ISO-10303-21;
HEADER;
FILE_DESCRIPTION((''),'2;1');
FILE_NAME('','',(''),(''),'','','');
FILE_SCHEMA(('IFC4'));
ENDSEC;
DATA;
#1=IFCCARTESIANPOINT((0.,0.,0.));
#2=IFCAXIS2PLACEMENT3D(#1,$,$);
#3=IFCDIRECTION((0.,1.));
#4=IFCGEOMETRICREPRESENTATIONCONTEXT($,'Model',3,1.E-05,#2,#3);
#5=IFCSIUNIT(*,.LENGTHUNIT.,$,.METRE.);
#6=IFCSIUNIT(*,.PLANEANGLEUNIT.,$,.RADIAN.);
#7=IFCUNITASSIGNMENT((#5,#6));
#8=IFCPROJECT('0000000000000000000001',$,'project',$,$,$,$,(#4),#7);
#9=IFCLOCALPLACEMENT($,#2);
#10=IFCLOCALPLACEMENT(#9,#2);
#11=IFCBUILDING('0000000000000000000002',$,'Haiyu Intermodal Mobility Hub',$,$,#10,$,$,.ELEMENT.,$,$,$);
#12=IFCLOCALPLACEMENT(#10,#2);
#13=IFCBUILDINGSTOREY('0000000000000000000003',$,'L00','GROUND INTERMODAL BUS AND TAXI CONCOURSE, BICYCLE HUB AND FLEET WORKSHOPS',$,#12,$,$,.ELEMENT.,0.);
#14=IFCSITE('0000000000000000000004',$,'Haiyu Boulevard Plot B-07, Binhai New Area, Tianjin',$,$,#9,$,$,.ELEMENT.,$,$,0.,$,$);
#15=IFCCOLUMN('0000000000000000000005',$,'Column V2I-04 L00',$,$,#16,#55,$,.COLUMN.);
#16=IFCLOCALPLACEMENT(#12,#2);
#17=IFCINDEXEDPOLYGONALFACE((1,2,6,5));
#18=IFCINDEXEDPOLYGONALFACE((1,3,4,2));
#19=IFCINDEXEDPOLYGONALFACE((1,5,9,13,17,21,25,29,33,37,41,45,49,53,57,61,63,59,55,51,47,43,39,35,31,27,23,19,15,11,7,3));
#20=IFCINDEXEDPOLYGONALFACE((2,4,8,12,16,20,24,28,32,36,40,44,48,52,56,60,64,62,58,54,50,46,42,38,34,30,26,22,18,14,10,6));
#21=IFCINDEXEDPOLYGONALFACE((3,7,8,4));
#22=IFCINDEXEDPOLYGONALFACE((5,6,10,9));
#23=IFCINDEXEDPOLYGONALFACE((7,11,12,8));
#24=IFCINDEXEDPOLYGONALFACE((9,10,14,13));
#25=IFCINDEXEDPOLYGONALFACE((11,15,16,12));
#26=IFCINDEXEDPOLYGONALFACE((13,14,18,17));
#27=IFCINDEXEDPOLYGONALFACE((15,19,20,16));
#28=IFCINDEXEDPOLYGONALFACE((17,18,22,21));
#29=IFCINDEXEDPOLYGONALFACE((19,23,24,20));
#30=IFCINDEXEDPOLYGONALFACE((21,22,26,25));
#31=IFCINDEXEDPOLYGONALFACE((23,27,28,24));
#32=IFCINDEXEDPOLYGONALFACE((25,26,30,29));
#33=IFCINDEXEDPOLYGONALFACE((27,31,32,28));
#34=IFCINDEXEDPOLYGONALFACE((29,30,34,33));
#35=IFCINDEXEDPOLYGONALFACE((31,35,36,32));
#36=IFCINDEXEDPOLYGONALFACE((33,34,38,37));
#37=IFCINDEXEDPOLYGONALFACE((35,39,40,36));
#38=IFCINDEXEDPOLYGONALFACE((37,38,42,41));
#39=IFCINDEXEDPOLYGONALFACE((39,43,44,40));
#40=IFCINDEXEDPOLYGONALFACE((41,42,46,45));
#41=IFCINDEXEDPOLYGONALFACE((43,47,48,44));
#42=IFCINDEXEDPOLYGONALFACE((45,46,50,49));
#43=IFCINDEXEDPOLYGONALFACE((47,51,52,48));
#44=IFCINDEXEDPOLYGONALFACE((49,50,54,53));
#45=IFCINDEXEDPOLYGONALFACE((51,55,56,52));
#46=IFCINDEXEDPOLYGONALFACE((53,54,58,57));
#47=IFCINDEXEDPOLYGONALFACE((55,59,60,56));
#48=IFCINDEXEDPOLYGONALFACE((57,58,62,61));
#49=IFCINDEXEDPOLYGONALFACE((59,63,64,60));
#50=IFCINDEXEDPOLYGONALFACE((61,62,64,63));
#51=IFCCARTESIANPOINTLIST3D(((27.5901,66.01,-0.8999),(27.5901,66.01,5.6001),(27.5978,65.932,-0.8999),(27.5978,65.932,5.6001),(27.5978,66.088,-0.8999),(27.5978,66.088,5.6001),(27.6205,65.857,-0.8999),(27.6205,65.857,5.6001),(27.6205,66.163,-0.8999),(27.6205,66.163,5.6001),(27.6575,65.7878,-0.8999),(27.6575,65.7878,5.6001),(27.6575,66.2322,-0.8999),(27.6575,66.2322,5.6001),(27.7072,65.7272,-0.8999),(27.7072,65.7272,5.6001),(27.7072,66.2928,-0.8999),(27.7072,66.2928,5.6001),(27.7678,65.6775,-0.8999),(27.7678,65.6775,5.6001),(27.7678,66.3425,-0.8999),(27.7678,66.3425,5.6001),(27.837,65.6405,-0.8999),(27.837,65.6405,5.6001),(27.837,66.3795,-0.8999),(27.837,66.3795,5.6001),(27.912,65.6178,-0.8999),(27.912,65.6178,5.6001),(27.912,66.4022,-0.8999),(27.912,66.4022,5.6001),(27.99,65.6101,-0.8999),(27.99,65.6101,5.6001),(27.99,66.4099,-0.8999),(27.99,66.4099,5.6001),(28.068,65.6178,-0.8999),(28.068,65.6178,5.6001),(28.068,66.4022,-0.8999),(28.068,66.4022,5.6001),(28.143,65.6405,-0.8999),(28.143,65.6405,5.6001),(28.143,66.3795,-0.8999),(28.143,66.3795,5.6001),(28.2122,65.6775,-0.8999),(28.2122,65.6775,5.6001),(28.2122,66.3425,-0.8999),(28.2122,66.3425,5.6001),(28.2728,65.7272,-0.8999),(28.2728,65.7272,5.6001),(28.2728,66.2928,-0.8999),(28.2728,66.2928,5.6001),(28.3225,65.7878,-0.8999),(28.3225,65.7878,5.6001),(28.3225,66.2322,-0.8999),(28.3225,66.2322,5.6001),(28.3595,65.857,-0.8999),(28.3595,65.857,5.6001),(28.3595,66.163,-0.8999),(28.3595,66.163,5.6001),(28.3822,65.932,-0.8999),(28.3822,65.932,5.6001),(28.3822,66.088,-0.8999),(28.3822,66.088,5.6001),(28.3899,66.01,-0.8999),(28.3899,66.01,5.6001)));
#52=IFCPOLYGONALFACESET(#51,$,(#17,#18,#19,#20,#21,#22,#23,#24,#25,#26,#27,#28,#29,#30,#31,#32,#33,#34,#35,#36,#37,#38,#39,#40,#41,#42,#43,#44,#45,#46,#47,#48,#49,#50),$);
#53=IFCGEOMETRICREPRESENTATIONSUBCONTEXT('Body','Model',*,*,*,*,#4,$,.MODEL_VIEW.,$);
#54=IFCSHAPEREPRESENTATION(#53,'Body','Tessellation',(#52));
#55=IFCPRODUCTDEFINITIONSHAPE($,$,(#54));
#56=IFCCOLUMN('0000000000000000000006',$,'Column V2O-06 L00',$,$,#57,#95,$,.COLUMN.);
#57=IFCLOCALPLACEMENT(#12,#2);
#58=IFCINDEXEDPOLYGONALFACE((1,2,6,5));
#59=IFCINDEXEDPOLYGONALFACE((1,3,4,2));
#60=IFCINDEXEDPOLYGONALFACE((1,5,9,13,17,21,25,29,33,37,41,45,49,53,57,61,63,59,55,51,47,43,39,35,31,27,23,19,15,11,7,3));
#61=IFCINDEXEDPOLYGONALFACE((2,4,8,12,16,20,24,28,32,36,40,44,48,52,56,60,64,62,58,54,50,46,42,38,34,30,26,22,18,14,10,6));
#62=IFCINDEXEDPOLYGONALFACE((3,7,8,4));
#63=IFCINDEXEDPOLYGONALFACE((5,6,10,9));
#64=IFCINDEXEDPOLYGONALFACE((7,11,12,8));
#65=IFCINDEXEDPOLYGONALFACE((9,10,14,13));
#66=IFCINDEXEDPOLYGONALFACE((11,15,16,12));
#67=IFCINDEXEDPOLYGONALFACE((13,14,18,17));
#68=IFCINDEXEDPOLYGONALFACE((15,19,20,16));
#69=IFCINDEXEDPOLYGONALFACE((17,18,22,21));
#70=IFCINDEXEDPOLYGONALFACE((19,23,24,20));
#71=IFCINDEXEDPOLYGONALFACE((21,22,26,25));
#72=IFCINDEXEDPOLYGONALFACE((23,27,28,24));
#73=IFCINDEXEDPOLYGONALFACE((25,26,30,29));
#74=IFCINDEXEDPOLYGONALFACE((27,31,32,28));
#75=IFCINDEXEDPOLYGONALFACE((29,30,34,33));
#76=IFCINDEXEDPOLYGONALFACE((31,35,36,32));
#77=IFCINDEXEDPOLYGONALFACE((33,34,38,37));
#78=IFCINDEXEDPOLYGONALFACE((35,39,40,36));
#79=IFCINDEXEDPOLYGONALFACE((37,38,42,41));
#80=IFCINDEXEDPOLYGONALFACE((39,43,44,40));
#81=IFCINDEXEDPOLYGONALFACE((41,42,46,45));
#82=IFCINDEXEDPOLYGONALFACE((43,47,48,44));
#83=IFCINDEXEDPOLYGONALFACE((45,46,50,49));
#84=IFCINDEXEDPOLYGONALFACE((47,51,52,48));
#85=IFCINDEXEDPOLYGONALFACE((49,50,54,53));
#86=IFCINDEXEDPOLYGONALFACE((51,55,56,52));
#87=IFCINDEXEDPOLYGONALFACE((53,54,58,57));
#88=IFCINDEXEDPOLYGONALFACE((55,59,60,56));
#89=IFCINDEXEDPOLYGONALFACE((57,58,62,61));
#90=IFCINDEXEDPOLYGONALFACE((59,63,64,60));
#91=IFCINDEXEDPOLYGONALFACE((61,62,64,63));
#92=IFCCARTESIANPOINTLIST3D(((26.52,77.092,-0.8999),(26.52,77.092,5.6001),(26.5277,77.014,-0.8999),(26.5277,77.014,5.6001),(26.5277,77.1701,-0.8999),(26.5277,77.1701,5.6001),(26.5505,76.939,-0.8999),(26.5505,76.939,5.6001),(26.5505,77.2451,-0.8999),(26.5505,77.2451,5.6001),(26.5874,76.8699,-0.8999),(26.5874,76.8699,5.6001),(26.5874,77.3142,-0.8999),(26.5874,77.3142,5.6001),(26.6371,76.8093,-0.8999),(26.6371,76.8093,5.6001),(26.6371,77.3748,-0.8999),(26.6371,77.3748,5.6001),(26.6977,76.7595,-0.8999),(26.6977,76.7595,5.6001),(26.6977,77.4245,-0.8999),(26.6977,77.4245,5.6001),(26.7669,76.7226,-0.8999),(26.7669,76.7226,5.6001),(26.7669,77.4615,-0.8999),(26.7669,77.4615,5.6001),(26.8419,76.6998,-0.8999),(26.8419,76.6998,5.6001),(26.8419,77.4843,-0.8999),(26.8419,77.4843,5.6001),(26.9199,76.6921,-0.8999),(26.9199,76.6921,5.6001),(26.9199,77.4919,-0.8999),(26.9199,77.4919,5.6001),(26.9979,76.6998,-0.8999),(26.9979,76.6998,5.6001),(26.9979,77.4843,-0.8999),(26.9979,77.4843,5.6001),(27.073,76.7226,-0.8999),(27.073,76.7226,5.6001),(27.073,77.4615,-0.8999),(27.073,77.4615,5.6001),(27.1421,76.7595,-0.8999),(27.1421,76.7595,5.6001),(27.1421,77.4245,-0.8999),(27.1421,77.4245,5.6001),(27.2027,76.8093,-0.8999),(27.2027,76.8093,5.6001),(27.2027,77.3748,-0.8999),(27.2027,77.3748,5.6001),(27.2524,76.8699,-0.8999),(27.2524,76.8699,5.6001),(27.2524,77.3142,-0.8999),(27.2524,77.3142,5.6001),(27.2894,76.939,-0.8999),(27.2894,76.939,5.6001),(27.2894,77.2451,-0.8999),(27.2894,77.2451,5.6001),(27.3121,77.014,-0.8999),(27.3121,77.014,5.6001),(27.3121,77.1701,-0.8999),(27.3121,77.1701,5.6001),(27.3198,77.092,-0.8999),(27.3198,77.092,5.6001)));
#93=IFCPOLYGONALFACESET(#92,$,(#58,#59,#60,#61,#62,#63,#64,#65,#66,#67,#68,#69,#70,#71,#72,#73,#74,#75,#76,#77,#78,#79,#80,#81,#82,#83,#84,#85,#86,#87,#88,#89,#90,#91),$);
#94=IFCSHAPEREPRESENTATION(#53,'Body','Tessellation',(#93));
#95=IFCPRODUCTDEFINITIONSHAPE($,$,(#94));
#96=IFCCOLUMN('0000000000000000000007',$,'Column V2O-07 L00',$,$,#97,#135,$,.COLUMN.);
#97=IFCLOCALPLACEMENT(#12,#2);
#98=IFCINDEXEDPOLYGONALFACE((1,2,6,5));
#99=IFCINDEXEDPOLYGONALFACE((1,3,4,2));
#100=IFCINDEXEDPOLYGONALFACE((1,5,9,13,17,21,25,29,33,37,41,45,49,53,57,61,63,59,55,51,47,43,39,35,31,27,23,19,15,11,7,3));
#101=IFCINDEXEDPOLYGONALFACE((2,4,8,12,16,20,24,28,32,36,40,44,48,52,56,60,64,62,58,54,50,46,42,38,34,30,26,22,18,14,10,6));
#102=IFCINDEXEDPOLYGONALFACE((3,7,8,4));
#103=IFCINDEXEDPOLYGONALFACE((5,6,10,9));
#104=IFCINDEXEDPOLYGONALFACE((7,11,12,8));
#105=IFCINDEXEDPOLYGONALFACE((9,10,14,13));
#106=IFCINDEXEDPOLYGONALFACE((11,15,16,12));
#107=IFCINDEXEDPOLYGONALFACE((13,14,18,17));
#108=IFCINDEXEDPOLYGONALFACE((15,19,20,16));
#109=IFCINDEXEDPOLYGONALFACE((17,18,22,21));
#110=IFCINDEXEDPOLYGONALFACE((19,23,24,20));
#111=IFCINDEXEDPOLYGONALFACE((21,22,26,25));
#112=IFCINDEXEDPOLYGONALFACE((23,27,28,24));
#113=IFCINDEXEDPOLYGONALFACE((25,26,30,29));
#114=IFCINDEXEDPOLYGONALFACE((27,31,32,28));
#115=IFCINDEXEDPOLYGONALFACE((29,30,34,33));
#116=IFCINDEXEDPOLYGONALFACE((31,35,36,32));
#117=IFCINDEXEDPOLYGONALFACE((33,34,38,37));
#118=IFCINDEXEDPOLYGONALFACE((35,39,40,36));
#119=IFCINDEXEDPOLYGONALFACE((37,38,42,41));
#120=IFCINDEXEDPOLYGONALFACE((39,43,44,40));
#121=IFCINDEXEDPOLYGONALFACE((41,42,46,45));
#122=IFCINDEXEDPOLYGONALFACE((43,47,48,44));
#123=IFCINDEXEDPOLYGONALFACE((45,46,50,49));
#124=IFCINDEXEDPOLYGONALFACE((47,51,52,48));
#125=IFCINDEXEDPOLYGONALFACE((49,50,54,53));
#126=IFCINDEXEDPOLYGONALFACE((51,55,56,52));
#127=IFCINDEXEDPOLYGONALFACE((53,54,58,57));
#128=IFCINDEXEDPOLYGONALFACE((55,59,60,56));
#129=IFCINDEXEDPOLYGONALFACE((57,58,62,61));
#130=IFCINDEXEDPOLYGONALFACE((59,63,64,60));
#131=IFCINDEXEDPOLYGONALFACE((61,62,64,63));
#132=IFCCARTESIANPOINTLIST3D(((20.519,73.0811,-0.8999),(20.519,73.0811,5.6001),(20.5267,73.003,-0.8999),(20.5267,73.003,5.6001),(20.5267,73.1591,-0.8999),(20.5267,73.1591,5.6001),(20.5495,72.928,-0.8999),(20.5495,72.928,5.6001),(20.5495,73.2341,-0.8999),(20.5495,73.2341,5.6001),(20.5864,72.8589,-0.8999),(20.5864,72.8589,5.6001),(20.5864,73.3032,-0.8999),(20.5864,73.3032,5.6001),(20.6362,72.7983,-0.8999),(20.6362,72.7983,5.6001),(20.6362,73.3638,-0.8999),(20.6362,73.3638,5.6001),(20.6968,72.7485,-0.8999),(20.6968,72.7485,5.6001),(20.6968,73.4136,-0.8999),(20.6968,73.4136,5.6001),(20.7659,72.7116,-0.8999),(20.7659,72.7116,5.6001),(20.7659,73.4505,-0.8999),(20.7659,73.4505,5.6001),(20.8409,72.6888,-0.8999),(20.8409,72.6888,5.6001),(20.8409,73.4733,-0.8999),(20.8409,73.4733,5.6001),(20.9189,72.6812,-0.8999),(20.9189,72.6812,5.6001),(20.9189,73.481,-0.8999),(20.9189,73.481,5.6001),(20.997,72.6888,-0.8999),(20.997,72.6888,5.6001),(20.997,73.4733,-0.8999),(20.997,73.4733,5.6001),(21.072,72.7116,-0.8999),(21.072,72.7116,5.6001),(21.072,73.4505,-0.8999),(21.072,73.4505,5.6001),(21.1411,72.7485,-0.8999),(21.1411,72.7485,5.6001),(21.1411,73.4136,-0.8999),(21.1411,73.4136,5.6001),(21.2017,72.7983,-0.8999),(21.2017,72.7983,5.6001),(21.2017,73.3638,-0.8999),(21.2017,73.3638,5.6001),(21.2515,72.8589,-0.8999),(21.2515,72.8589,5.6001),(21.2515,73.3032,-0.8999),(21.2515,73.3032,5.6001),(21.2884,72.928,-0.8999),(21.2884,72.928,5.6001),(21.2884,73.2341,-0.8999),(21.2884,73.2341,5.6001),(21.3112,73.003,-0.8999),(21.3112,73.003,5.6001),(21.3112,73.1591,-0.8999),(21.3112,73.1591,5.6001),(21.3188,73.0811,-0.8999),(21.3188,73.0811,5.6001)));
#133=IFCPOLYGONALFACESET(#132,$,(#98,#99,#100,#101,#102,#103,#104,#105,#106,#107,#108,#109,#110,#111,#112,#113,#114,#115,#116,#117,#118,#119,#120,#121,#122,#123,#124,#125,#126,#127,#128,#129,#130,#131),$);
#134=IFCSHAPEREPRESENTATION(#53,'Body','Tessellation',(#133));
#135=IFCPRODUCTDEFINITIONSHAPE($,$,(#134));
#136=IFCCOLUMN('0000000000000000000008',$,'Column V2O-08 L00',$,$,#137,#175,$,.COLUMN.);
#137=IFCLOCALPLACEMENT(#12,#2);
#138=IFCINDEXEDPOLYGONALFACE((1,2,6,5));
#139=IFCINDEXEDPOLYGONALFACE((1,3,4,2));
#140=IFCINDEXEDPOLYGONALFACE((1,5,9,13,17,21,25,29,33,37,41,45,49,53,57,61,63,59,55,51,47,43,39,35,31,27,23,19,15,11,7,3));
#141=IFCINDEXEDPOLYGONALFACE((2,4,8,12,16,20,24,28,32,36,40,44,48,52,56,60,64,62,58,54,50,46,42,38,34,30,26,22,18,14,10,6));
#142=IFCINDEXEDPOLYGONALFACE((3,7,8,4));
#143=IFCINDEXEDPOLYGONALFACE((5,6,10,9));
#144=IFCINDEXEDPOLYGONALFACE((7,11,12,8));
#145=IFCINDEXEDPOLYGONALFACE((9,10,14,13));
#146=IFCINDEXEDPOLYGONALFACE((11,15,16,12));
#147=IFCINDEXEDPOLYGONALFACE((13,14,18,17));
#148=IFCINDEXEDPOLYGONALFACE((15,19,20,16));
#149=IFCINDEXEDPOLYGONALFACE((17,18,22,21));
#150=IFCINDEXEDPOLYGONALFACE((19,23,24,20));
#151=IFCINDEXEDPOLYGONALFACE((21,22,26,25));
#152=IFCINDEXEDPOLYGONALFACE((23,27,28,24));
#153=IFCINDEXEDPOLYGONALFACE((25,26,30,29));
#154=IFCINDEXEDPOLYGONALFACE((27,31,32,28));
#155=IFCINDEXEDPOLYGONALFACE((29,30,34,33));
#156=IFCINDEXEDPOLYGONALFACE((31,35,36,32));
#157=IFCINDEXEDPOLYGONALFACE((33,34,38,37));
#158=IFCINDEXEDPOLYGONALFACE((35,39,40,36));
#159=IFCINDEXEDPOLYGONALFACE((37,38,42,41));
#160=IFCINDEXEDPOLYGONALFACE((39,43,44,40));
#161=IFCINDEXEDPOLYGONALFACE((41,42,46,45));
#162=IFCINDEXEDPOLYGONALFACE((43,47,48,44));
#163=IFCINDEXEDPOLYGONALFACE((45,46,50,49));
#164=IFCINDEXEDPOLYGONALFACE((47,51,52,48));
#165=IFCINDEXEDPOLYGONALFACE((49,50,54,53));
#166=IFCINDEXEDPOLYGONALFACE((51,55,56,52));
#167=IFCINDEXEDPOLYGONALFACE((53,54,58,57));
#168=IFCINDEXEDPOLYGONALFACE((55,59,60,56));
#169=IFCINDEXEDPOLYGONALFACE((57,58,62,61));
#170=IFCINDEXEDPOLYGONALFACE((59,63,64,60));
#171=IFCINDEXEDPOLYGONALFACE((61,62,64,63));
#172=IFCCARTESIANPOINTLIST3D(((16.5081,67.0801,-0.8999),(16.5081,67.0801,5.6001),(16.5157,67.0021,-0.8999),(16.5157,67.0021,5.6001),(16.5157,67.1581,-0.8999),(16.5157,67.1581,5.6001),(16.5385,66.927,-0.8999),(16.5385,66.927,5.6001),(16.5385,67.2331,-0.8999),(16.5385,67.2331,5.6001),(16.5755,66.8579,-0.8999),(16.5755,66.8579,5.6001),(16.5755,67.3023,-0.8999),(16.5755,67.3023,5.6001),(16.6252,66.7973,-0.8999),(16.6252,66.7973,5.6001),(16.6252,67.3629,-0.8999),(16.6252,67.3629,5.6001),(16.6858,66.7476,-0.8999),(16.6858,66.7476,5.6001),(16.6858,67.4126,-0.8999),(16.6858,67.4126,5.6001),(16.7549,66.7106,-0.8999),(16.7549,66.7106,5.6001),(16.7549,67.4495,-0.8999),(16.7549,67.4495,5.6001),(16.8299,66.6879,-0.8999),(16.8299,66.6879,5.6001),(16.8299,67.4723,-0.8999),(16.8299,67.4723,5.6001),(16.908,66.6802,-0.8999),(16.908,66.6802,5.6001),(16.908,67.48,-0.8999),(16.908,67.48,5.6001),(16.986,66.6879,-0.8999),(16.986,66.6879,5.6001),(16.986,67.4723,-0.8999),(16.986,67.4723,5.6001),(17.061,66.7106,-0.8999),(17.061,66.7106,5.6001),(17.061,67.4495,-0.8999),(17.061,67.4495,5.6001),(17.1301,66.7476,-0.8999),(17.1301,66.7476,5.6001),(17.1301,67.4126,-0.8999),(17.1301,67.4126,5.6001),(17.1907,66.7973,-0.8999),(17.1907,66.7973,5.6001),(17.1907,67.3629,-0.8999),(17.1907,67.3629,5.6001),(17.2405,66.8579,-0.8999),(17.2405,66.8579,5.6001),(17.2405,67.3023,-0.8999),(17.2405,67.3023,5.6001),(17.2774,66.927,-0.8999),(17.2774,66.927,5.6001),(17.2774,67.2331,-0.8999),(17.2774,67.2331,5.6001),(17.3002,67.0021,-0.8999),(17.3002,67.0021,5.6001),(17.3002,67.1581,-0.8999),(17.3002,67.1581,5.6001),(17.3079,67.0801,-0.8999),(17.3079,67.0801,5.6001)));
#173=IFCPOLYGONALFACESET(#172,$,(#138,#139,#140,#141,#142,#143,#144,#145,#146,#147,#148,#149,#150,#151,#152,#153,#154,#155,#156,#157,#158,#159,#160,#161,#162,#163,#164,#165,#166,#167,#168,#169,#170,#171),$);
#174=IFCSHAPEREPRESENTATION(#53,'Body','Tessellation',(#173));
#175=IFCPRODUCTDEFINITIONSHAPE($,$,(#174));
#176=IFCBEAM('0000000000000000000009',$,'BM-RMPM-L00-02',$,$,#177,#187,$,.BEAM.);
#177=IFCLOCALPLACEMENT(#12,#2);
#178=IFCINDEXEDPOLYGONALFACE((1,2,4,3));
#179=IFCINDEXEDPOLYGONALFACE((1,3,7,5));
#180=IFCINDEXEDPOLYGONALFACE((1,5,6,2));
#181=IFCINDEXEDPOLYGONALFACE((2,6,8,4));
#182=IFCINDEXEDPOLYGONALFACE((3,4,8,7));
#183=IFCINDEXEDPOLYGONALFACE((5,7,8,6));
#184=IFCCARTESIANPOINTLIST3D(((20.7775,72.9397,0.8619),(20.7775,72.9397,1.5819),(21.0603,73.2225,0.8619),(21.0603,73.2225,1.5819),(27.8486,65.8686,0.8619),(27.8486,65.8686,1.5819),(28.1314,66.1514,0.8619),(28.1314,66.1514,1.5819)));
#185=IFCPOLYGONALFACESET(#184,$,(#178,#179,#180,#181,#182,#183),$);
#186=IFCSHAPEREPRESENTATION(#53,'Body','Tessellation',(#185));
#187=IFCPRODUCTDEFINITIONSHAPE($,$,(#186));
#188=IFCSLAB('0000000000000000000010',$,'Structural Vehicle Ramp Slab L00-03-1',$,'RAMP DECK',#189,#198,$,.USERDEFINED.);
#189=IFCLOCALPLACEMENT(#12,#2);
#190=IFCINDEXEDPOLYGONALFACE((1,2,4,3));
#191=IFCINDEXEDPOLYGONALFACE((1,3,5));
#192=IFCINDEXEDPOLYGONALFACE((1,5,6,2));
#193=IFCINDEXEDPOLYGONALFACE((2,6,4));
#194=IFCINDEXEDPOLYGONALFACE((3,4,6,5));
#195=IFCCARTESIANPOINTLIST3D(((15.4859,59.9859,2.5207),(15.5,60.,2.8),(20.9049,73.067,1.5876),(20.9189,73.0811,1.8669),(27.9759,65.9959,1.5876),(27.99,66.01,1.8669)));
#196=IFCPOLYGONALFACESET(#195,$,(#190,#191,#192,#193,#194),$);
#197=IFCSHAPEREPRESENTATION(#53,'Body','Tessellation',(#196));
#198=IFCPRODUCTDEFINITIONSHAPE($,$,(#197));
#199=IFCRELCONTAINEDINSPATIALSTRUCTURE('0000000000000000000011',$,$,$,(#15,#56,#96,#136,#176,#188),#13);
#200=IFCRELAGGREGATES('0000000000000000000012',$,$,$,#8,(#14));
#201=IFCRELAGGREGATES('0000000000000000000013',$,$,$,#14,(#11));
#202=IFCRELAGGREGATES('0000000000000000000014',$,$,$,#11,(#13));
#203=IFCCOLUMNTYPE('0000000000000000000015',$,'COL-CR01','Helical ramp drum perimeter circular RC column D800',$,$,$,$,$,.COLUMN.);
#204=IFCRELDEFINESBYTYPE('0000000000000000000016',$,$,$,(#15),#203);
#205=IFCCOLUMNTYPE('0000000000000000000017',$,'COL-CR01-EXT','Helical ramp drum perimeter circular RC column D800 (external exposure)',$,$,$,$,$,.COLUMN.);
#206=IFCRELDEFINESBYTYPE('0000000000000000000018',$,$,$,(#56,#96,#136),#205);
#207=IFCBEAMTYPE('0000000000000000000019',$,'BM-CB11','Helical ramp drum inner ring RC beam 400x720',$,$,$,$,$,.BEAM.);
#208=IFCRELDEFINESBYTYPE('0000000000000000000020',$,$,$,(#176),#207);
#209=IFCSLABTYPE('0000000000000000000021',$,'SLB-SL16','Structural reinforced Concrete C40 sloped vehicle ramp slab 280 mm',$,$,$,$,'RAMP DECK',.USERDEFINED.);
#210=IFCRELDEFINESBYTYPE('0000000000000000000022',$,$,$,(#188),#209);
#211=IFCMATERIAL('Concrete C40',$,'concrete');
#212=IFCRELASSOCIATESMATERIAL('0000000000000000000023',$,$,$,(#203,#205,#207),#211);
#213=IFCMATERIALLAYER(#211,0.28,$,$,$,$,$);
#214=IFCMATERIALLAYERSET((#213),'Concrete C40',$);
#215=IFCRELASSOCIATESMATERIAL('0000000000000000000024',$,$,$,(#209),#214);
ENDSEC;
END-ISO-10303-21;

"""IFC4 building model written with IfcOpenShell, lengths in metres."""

from ifc_helpers import new_model, si_unit, direction, frame, origin, origin_2d, place, context, subcontext, project, spatial, polyline, rectangle, circle, outline, extrude, material, layer, layer_set, material_profile, profile_set, type_object, element, save


model = new_model("IFC4")

# Units and contexts
model_context = context("Model", 3, precision=1e-05, world=origin(), true_north=direction((0.0, 1.0)))
body_context = subcontext(model_context, "Body", "Model", "MODEL_VIEW")
ifc_project = project(units=[si_unit("LENGTHUNIT", "METRE"), si_unit("PLANEANGLEUNIT", "RADIAN")], contexts=[model_context])

# Site, building, storey
site_placement = place(None, origin())
site = spatial("IfcSite", under=ifc_project, at=site_placement, Name="Haiyu Boulevard Plot B-07, Binhai New Area, Tianjin", CompositionType="ELEMENT", RefElevation=0.0)
building_placement = place(site_placement, origin())
building = spatial("IfcBuilding", under=site, at=building_placement, Name="Haiyu Intermodal Mobility Hub", CompositionType="ELEMENT")
storey_placement = place(building_placement, origin())
storey = spatial("IfcBuildingStorey", under=building, at=storey_placement, Name="L00", Description="GROUND INTERMODAL BUS AND TAXI CONCOURSE, BICYCLE HUB AND FLEET WORKSHOPS", CompositionType="ELEMENT", Elevation=0.0)

# Shared definitions
ifc_material_1 = material(Name="Concrete C40", Category="concrete")

# Columns
ifc_material_profile_1 = material_profile(ifc_material_1, circle(Radius=0.3999, at=origin_2d()), Name="RCCOL-D800")
ifc_profile_set_1 = profile_set([ifc_material_profile_1], Name="Concrete C40")
column_type_1 = type_object("IfcColumnType", Name="COL-CR01", Description="Helical ramp drum perimeter circular RC column D800", PredefinedType="COLUMN", material=ifc_profile_set_1)
column_placement = place(storey_placement, frame((27.99, 66.01, -0.8999), z_axis=(0.0, 0.0, 1.0), x_axis=(1.0, 0.0, 0.0)))
element("IfcColumn", 1, at=column_placement, inside=storey, type_object=column_type_1, Name="Column V2I-04 L00", PredefinedType="COLUMN", context=body_context, shape_type="SweptSolid", body=[
    extrude(circle(Radius=0.3999, at=origin_2d()), origin(), (0.0, 0.0, 1.0), 6.5),
])
ifc_material_profile_2 = material_profile(ifc_material_1, circle(Radius=0.3999, at=origin_2d()), Name="RCCOL-D800")
ifc_profile_set_2 = profile_set([ifc_material_profile_2], Name="Concrete C40")
column_type_2 = type_object("IfcColumnType", Name="COL-CR01-EXT", Description="Helical ramp drum perimeter circular RC column D800 (external exposure)", PredefinedType="COLUMN", material=ifc_profile_set_2)
for number, where, z_axis, x_axis, name in (
    (2, (26.9199, 77.092, -0.8999), (0.0, 0.0, 1.0), (1.0, 0.0, 0.0), "Column V2O-06 L00"),
    (3, (20.9189, 73.0811, -0.8999), (0.0, 0.0, 1.0), (1.0, 0.0, 0.0), "Column V2O-07 L00"),
    (4, (16.908, 67.0801, -0.8999), (0.0, 0.0, 1.0), (1.0, 0.0, 0.0), "Column V2O-08 L00"),
):
    element("IfcColumn", number, at=place(storey_placement, frame(where, z_axis=z_axis, x_axis=x_axis)), inside=storey, type_object=column_type_2, Name=name, PredefinedType="COLUMN", context=body_context, shape_type="SweptSolid", body=[
        extrude(circle(Radius=0.3999, at=origin_2d()), origin(), (0.0, 0.0, 1.0), 6.5),
    ])

# Beam
ifc_material_profile_3 = material_profile(ifc_material_1, rectangle(XDim=0.3999, YDim=0.72, at=origin_2d()), Name="RCB400x720")
ifc_profile_set_3 = profile_set([ifc_material_profile_3], Name="Concrete C40")
beam_type = type_object("IfcBeamType", Name="BM-CB11", Description="Helical ramp drum inner ring RC beam 400x720", PredefinedType="BEAM", material=ifc_profile_set_3)
beam_placement = place(storey_placement, frame((27.99, 66.01, 1.2219), z_axis=(-0.707107, 0.707107, 0.0), x_axis=(-0.707107, -0.707107, 0.0)))
element("IfcBeam", 5, at=beam_placement, inside=storey, type_object=beam_type, Name="BM-RMPM-L00-02", PredefinedType="BEAM", context=body_context, shape_type="SweptSolid", body=[
    extrude(rectangle(XDim=0.3999, YDim=0.72, at=origin_2d()), origin(), (0.0, 0.0, 1.0), 10.0),
])

# Slab
ifc_layer_1 = layer(ifc_material_1, 0.28)
ifc_layer_set_1 = layer_set([ifc_layer_1], Name="Concrete C40")
slab_type = type_object("IfcSlabType", Name="SLB-SL16", Description="Structural reinforced Concrete C40 sloped vehicle ramp slab 280 mm", ElementType="RAMP DECK", PredefinedType="USERDEFINED", material=ifc_layer_set_1)
slab_placement = place(storey_placement, frame((27.99, 66.01, 1.8669), z_axis=(0.05031, 0.05031, 0.997466), x_axis=(-0.707107, 0.707107, 0.0)))
element("IfcSlab", 6, at=slab_placement, inside=storey, type_object=slab_type, Name="Structural Vehicle Ramp Slab L00-03-1", ObjectType="RAMP DECK", PredefinedType="USERDEFINED", context=body_context, shape_type="SweptSolid", body=[
    extrude(outline(polyline([(0.0, 0.0), (10.0, 0.0), (4.582, 13.1147), (0.0, 0.0)])), origin(), (0.0, 0.0, -1.0), 0.28),
])

save(model, "model.ifc")
